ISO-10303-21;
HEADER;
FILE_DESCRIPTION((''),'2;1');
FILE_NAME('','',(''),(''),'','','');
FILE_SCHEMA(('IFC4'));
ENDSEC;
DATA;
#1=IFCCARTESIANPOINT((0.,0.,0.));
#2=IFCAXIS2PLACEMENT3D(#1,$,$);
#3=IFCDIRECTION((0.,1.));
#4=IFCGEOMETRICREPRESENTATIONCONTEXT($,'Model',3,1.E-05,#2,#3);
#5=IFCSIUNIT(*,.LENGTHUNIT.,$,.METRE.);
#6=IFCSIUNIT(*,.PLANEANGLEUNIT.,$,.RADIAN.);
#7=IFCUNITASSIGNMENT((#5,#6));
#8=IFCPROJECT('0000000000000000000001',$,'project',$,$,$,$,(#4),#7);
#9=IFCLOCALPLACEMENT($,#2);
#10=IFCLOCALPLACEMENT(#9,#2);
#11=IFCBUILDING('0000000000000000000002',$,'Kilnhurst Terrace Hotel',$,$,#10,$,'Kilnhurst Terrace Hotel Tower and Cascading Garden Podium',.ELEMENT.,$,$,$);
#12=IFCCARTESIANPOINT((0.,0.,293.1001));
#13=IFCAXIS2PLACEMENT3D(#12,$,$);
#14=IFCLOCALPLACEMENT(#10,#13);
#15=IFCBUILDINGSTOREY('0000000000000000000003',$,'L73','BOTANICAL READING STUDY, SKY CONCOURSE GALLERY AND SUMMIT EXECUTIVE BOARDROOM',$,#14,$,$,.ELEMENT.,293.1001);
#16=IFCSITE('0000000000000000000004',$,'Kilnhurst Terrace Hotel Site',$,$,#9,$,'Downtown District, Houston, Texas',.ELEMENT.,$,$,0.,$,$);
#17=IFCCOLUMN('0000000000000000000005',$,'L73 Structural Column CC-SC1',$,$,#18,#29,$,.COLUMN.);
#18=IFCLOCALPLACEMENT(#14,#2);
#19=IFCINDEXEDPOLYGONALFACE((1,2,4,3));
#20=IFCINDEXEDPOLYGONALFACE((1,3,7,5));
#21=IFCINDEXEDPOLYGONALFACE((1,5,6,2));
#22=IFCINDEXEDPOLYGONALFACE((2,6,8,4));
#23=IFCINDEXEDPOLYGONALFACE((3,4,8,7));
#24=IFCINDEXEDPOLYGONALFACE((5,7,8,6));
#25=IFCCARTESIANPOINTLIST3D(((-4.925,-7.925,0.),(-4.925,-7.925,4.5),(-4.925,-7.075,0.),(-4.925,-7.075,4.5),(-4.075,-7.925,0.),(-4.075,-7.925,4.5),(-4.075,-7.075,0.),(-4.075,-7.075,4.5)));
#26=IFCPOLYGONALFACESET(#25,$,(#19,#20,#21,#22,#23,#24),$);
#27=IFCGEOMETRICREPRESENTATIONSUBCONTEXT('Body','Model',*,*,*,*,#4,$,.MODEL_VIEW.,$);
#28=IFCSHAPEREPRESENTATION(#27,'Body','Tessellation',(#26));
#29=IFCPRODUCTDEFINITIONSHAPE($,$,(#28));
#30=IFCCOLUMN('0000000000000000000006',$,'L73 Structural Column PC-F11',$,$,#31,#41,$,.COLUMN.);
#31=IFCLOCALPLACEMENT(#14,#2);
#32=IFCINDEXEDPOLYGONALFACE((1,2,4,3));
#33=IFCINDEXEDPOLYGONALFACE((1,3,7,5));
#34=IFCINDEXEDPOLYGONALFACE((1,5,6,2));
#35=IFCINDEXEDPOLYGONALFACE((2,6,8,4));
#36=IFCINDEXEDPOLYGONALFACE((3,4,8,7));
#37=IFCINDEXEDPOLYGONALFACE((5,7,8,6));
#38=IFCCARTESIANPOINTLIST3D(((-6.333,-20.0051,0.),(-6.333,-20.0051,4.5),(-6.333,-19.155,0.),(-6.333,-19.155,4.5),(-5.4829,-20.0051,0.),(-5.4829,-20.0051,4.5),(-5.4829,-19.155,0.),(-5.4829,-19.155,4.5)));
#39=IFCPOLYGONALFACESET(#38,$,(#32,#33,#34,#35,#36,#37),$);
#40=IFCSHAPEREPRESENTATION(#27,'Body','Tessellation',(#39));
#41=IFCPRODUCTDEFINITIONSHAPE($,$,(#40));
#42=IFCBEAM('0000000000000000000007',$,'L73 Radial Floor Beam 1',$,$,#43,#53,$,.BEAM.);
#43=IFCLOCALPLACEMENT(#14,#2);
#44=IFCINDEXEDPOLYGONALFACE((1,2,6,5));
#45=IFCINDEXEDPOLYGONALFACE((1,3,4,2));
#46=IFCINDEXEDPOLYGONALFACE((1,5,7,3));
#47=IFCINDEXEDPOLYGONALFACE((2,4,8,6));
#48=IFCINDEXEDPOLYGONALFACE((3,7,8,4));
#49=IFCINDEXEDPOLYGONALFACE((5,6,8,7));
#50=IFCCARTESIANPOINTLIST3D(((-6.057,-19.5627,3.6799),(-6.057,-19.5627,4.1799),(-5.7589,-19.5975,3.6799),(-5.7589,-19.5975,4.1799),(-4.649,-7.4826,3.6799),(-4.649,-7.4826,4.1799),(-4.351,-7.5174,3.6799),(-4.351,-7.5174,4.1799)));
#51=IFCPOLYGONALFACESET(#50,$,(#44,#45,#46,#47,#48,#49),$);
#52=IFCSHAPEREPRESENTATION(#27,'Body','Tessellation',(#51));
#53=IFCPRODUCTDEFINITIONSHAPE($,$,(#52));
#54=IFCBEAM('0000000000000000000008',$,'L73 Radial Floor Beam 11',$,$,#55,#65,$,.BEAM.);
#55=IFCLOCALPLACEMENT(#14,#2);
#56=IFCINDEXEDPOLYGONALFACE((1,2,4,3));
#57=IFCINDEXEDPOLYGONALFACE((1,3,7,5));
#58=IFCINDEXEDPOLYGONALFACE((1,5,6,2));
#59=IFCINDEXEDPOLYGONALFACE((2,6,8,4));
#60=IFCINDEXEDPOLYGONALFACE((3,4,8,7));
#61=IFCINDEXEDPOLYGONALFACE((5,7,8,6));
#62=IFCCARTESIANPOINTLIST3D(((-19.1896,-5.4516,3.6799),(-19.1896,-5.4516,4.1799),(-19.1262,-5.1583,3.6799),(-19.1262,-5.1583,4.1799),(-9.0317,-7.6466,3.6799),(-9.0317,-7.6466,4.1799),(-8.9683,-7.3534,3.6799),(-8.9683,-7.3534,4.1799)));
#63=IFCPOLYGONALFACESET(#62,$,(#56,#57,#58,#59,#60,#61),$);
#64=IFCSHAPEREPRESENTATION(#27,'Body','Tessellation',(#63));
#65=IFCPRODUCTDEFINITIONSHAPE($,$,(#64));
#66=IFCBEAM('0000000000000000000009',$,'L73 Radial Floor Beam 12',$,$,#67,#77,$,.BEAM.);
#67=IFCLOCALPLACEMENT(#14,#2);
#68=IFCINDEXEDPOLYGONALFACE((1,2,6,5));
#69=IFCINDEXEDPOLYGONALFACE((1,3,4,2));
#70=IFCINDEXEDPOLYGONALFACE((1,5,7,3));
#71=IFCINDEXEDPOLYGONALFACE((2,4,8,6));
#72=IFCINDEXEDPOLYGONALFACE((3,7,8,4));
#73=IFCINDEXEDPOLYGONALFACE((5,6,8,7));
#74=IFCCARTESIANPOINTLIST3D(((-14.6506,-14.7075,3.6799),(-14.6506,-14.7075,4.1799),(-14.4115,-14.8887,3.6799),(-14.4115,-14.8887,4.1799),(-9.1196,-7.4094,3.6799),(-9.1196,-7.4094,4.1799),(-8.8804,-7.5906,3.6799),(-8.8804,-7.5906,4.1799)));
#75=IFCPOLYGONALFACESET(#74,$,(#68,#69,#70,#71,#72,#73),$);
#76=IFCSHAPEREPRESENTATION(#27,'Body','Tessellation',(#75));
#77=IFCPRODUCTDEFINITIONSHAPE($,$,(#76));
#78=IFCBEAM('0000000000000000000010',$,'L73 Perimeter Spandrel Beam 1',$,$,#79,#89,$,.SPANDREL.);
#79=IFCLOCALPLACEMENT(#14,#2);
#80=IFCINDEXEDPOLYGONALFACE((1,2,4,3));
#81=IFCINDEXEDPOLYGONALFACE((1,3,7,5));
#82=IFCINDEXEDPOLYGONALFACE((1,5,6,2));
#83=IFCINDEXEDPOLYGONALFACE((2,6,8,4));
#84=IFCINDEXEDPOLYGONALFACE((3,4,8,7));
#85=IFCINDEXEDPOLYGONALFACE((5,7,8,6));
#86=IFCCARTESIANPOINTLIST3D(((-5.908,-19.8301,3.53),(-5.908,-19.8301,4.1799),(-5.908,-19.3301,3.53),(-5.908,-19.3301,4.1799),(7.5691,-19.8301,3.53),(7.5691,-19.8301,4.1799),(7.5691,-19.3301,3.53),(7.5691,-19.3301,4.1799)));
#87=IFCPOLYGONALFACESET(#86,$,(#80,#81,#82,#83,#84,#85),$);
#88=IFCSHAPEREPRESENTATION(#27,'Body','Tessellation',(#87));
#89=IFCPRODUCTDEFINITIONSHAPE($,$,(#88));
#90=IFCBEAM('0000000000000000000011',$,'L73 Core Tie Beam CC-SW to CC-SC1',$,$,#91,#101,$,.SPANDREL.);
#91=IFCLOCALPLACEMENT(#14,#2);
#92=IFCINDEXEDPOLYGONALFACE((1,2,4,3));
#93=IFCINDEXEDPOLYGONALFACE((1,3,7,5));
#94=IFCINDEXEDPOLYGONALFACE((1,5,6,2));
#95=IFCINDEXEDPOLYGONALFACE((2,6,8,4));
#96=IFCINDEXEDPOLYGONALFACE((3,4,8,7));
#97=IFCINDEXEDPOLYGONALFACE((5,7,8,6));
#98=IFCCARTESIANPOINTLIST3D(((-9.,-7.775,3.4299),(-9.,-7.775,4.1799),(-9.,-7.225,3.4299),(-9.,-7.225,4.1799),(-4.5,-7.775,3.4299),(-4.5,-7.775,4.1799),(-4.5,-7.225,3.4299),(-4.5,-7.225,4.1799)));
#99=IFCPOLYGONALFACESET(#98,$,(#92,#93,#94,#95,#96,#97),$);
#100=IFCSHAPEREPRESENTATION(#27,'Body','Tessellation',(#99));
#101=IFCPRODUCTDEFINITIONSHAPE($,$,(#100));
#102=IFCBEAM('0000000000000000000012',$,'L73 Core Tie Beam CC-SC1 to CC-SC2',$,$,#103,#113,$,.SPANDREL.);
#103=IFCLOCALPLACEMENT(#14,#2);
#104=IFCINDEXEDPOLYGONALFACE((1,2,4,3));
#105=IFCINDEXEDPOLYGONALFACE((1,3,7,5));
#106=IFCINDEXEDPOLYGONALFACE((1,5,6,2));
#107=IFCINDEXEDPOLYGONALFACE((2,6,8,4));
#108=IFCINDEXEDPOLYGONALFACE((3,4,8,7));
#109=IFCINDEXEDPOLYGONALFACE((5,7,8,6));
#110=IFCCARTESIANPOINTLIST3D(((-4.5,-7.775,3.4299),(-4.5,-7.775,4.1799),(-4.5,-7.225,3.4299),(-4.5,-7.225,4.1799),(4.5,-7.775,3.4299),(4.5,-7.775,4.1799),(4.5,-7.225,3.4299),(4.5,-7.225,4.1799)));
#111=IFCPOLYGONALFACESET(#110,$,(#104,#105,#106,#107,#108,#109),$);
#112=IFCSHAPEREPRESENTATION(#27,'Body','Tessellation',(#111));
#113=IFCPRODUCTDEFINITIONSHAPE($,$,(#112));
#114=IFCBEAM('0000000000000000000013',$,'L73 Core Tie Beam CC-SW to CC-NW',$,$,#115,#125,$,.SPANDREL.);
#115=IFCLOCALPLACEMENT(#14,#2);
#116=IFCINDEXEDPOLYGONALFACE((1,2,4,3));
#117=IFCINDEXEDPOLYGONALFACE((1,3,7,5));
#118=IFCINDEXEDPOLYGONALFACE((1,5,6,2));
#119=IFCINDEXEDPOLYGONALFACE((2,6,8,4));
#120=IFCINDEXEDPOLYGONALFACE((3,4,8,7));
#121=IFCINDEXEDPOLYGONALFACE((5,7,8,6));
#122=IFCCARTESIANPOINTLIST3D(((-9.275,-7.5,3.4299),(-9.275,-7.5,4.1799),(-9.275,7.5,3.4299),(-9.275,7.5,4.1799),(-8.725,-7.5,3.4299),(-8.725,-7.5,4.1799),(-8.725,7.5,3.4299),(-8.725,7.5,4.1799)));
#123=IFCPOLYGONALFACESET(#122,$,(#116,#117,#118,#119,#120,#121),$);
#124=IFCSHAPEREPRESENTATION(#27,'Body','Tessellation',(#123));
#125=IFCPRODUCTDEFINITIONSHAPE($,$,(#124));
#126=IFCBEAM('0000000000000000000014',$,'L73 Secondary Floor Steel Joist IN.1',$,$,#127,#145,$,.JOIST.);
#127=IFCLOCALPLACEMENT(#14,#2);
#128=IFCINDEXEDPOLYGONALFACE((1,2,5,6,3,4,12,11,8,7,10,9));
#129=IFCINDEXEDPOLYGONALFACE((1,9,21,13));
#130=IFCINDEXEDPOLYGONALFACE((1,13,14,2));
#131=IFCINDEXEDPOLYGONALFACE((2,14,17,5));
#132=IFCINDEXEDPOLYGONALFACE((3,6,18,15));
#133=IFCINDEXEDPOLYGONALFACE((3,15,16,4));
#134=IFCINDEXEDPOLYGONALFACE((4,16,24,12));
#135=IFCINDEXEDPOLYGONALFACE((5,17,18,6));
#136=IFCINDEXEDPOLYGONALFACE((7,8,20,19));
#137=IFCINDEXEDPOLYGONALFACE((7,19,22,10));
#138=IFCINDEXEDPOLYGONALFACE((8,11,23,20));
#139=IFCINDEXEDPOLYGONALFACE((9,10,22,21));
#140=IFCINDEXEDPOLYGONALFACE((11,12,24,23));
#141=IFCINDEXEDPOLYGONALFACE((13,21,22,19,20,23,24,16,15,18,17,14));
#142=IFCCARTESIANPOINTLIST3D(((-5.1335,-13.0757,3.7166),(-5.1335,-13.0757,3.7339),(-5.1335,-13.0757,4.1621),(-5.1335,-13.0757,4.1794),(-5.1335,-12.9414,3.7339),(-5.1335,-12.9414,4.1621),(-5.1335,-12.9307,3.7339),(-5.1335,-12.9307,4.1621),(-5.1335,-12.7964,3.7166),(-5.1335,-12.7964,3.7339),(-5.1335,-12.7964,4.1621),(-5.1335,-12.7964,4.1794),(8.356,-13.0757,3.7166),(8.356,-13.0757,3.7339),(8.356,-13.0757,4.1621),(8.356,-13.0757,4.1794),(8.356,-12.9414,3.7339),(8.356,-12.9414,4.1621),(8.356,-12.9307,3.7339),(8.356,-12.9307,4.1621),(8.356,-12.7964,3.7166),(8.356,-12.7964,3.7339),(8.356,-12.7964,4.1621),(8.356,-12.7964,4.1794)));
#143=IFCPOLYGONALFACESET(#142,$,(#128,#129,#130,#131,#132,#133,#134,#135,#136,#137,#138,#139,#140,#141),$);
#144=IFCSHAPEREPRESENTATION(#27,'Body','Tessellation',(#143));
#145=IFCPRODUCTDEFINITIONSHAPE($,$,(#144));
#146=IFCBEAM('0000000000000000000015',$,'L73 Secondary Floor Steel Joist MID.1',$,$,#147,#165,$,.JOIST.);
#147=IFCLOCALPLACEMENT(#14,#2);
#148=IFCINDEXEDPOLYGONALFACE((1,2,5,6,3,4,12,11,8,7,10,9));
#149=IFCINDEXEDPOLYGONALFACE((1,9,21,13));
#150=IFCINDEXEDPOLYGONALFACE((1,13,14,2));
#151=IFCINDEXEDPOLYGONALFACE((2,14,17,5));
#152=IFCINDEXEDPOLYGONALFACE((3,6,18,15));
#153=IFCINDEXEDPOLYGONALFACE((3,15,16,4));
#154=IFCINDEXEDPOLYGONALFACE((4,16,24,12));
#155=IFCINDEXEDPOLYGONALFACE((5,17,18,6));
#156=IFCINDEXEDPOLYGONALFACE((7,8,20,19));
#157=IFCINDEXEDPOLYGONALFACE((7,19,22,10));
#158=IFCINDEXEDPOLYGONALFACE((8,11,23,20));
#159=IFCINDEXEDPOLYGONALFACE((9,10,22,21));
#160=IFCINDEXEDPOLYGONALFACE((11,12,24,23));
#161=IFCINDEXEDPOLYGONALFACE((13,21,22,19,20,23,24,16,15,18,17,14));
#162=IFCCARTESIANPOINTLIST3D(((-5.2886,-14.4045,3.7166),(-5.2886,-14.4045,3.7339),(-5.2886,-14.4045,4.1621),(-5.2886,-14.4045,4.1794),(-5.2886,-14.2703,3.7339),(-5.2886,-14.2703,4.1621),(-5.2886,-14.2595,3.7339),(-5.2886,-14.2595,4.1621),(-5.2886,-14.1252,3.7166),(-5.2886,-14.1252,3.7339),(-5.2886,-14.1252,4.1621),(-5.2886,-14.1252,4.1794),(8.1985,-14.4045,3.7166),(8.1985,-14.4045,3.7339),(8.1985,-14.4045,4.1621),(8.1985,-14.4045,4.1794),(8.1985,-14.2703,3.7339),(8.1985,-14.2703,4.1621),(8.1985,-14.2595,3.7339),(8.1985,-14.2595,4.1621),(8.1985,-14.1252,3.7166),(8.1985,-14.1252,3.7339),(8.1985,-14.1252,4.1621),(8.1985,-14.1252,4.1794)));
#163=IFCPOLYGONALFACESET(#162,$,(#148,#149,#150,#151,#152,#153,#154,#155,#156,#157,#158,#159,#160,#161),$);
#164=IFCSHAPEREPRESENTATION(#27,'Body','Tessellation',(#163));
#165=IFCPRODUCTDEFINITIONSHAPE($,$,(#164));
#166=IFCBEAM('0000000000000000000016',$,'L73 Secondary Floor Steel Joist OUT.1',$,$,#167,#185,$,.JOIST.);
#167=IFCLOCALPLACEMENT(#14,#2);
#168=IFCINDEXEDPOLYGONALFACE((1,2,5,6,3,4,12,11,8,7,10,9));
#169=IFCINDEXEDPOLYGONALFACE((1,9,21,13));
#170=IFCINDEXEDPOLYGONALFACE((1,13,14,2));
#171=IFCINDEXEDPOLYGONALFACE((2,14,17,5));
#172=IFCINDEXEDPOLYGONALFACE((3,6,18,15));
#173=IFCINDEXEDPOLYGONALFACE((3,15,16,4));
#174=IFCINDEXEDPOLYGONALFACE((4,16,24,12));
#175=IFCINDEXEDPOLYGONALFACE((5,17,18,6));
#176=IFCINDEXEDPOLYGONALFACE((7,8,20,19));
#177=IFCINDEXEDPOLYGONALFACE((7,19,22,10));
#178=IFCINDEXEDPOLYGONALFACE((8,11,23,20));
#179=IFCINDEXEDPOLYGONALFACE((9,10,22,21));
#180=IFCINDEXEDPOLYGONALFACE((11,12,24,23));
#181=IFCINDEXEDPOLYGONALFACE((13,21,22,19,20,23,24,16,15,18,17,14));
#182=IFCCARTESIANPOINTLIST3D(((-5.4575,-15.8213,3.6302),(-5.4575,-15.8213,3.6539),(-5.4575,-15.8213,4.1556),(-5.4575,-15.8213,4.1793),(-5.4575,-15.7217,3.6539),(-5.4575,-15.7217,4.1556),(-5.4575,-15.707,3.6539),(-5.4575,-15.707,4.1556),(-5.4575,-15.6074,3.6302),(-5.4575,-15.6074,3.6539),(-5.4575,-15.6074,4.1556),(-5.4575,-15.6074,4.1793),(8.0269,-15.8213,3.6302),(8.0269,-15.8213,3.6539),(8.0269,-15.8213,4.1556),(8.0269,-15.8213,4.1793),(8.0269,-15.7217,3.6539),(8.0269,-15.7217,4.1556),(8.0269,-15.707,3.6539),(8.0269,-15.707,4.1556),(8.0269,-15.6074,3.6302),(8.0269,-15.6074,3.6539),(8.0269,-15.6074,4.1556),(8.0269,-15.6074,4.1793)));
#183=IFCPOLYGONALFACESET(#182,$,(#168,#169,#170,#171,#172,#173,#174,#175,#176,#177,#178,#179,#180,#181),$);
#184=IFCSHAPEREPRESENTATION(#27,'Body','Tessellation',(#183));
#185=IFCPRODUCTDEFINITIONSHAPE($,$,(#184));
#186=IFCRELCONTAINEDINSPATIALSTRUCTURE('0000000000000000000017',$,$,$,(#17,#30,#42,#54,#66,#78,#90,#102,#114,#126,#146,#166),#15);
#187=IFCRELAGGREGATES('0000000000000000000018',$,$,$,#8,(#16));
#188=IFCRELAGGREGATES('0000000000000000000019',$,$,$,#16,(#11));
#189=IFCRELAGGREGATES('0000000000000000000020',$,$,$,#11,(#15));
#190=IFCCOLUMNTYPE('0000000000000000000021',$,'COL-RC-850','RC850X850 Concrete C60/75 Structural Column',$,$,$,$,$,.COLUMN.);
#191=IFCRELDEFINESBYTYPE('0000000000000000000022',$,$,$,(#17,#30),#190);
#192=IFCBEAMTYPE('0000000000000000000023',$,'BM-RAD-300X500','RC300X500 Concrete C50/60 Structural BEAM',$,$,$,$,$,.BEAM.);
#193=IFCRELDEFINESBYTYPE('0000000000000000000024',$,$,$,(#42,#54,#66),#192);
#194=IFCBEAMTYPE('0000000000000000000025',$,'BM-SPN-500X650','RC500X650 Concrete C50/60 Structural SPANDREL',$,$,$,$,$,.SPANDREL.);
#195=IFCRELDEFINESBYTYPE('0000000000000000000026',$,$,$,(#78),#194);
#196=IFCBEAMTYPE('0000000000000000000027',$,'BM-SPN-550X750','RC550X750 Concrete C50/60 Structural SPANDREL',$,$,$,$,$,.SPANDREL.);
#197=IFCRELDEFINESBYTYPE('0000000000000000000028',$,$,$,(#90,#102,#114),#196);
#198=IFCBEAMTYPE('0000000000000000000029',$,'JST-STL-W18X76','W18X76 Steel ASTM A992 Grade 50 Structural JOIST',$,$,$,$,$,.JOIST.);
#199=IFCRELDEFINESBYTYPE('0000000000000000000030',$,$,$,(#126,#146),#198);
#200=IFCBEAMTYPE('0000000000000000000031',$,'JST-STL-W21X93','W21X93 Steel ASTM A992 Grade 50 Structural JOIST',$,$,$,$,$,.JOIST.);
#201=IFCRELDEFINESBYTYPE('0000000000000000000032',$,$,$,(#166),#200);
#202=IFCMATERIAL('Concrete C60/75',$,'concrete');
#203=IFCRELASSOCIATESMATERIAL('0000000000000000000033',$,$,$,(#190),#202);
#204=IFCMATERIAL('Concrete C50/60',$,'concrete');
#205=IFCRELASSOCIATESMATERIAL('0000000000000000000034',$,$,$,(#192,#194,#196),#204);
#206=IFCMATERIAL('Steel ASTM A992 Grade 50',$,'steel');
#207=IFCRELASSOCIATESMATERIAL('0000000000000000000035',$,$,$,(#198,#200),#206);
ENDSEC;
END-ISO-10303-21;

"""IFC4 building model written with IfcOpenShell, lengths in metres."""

from ifc_helpers import new_model, si_unit, direction, frame, origin, origin_2d, place, context, subcontext, project, spatial, rectangle, i_section, extrude, material, material_profile, profile_set, type_object, element, save


model = new_model("IFC4")

# Units and contexts
model_context = context("Model", 3, precision=1e-05, world=origin(), true_north=direction((0.0, 1.0)))
body_context = subcontext(model_context, "Body", "Model", "MODEL_VIEW")
ifc_project = project(units=[si_unit("LENGTHUNIT", "METRE"), si_unit("PLANEANGLEUNIT", "RADIAN")], contexts=[model_context])

# Site, building, storey
site_placement = place(None, origin())
site = spatial("IfcSite", under=ifc_project, at=site_placement, Name="Kilnhurst Terrace Hotel Site", LongName="Downtown District, Houston, Texas", CompositionType="ELEMENT", RefElevation=0.0)
building_placement = place(site_placement, origin())
building = spatial("IfcBuilding", under=site, at=building_placement, Name="Kilnhurst Terrace Hotel", LongName="Kilnhurst Terrace Hotel Tower and Cascading Garden Podium", CompositionType="ELEMENT")
storey_placement = place(building_placement, frame((0.0, 0.0, 293.1001)))
storey = spatial("IfcBuildingStorey", under=building, at=storey_placement, Name="L73", Description="BOTANICAL READING STUDY, SKY CONCOURSE GALLERY AND SUMMIT EXECUTIVE BOARDROOM", CompositionType="ELEMENT", Elevation=293.1001)

# Columns
ifc_material_1 = material(Name="Concrete C60/75", Category="concrete")
ifc_material_profile_1 = material_profile(ifc_material_1, rectangle(XDim=0.8501, YDim=0.8501, at=origin_2d()), Name="RC850X850")
ifc_profile_set_1 = profile_set([ifc_material_profile_1], Name="Concrete C60/75")
column_type = type_object("IfcColumnType", Name="COL-RC-850", Description="RC850X850 Concrete C60/75 Structural Column", PredefinedType="COLUMN", material=ifc_profile_set_1)
for number, where, z_axis, x_axis, name in (
    (1, (-4.5, -7.5, 0.0), (0.0, 0.0, 1.0), (1.0, 0.0, 0.0), "L73 Structural Column CC-SC1"),
    (2, (-5.908, -19.5801, 0.0), (0.0, 0.0, 1.0), (1.0, 0.0, 0.0), "L73 Structural Column PC-F11"),
):
    element("IfcColumn", number, at=place(storey_placement, frame(where, z_axis=z_axis, x_axis=x_axis)), inside=storey, type_object=column_type, Name=name, PredefinedType="COLUMN", context=body_context, shape_type="SweptSolid", body=[
        extrude(rectangle(XDim=0.8501, YDim=0.8501, at=origin_2d()), origin(), (0.0, 0.0, 1.0), 4.5),
    ])

# Beams
ifc_material_2 = material(Name="Concrete C50/60", Category="concrete")
ifc_material_profile_2 = material_profile(ifc_material_2, rectangle(XDim=0.3, YDim=0.5, at=origin_2d()), Name="RC300X500")
ifc_profile_set_2 = profile_set([ifc_material_profile_2], Name="Concrete C50/60")
beam_type_1 = type_object("IfcBeamType", Name="BM-RAD-300X500", Description="RC300X500 Concrete C50/60 Structural BEAM", PredefinedType="BEAM", material=ifc_profile_set_2)
beam_1_placement = place(storey_placement, frame((-4.5, -7.5, 3.9299), z_axis=(-0.115768, -0.993276, 0.0), x_axis=(0.993276, -0.115768, 0.0)))
element("IfcBeam", 3, at=beam_1_placement, inside=storey, type_object=beam_type_1, Name="L73 Radial Floor Beam 1", PredefinedType="BEAM", context=body_context, shape_type="SweptSolid", body=[
    extrude(rectangle(XDim=0.3, YDim=0.5, at=origin_2d()), origin(), (0.0, 0.0, 1.0), 12.1619),
])
beam_2_placement = place(storey_placement, frame((-9.0, -7.5, 3.9299), z_axis=(-0.977439, 0.211218, 0.0), x_axis=(-0.211218, -0.977439, 0.0)))
element("IfcBeam", 4, at=beam_2_placement, inside=storey, type_object=beam_type_1, Name="L73 Radial Floor Beam 11", PredefinedType="BEAM", context=body_context, shape_type="SweptSolid", body=[
    extrude(rectangle(XDim=0.3, YDim=0.5, at=origin_2d()), origin(), (0.0, 0.0, 1.0), 10.3923),
])
beam_3_placement = place(storey_placement, frame((-9.0, -7.5, 3.9299), z_axis=(-0.604007, -0.796979, 0.0), x_axis=(0.796979, -0.604007, 0.0)))
element("IfcBeam", 5, at=beam_3_placement, inside=storey, type_object=beam_type_1, Name="L73 Radial Floor Beam 12", PredefinedType="BEAM", context=body_context, shape_type="SweptSolid", body=[
    extrude(rectangle(XDim=0.3, YDim=0.5, at=origin_2d()), origin(), (0.0, 0.0, 1.0), 9.1572),
])
ifc_material_profile_3 = material_profile(ifc_material_2, rectangle(XDim=0.5, YDim=0.6499, at=origin_2d()), Name="RC500X650")
ifc_profile_set_3 = profile_set([ifc_material_profile_3], Name="Concrete C50/60")
beam_type_2 = type_object("IfcBeamType", Name="BM-SPN-500X650", Description="RC500X650 Concrete C50/60 Structural SPANDREL", PredefinedType="SPANDREL", material=ifc_profile_set_3)
beam_4_placement = place(storey_placement, frame((-5.908, -19.5801, 3.855), z_axis=(1.0, 0.0, 0.0), x_axis=(0.0, 1.0, 0.0)))
element("IfcBeam", 6, at=beam_4_placement, inside=storey, type_object=beam_type_2, Name="L73 Perimeter Spandrel Beam 1", PredefinedType="SPANDREL", context=body_context, shape_type="SweptSolid", body=[
    extrude(rectangle(XDim=0.5, YDim=0.6499, at=origin_2d()), origin(), (0.0, 0.0, 1.0), 13.4771),
])
ifc_material_profile_4 = material_profile(ifc_material_2, rectangle(XDim=0.55, YDim=0.75, at=origin_2d()), Name="RC550X750")
ifc_profile_set_4 = profile_set([ifc_material_profile_4], Name="Concrete C50/60")
beam_type_3 = type_object("IfcBeamType", Name="BM-SPN-550X750", Description="RC550X750 Concrete C50/60 Structural SPANDREL", PredefinedType="SPANDREL", material=ifc_profile_set_4)
beam_5_placement = place(storey_placement, frame((-9.0, -7.5, 3.8049), z_axis=(1.0, 0.0, 0.0), x_axis=(0.0, 1.0, 0.0)))
element("IfcBeam", 7, at=beam_5_placement, inside=storey, type_object=beam_type_3, Name="L73 Core Tie Beam CC-SW to CC-SC1", PredefinedType="SPANDREL", context=body_context, shape_type="SweptSolid", body=[
    extrude(rectangle(XDim=0.55, YDim=0.75, at=origin_2d()), origin(), (0.0, 0.0, 1.0), 4.5),
])
beam_6_placement = place(storey_placement, frame((-4.5, -7.5, 3.8049), z_axis=(1.0, 0.0, 0.0), x_axis=(0.0, 1.0, 0.0)))
element("IfcBeam", 8, at=beam_6_placement, inside=storey, type_object=beam_type_3, Name="L73 Core Tie Beam CC-SC1 to CC-SC2", PredefinedType="SPANDREL", context=body_context, shape_type="SweptSolid", body=[
    extrude(rectangle(XDim=0.55, YDim=0.75, at=origin_2d()), origin(), (0.0, 0.0, 1.0), 9.0),
])
beam_7_placement = place(storey_placement, frame((-9.0, -7.5, 3.8049), z_axis=(0.0, 1.0, 0.0), x_axis=(-1.0, 0.0, 0.0)))
element("IfcBeam", 9, at=beam_7_placement, inside=storey, type_object=beam_type_3, Name="L73 Core Tie Beam CC-SW to CC-NW", PredefinedType="SPANDREL", context=body_context, shape_type="SweptSolid", body=[
    extrude(rectangle(XDim=0.55, YDim=0.75, at=origin_2d()), origin(), (0.0, 0.0, 1.0), 15.0),
])
ifc_material_3 = material(Name="Steel ASTM A992 Grade 50", Category="steel")
ifc_material_profile_5 = material_profile(ifc_material_3, i_section(OverallWidth=0.2793, OverallDepth=0.4629, WebThickness=0.0107, FlangeThickness=0.0173, at=origin_2d()), Name="W18X76")
ifc_profile_set_5 = profile_set([ifc_material_profile_5], Name="Steel ASTM A992 Grade 50")
beam_type_4 = type_object("IfcBeamType", Name="JST-STL-W18X76", Description="W18X76 Steel ASTM A992 Grade 50 Structural JOIST", PredefinedType="JOIST", material=ifc_profile_set_5)
beam_8_placement = place(storey_placement, frame((-5.1335, -12.936, 3.948), z_axis=(1.0, 0.0, 0.0), x_axis=(0.0, 1.0, 0.0)))
element("IfcBeam", 10, at=beam_8_placement, inside=storey, type_object=beam_type_4, Name="L73 Secondary Floor Steel Joist IN.1", PredefinedType="JOIST", context=body_context, shape_type="SweptSolid", body=[
    extrude(i_section(OverallWidth=0.2793, OverallDepth=0.4629, WebThickness=0.0107, FlangeThickness=0.0173, at=origin_2d()), origin(), (0.0, 0.0, 1.0), 13.4895),
])
beam_9_placement = place(storey_placement, frame((-5.2886, -14.2649, 3.948), z_axis=(1.0, 0.0, 0.0), x_axis=(0.0, 1.0, 0.0)))
element("IfcBeam", 11, at=beam_9_placement, inside=storey, type_object=beam_type_4, Name="L73 Secondary Floor Steel Joist MID.1", PredefinedType="JOIST", context=body_context, shape_type="SweptSolid", body=[
    extrude(i_section(OverallWidth=0.2793, OverallDepth=0.4629, WebThickness=0.0107, FlangeThickness=0.0173, at=origin_2d()), origin(), (0.0, 0.0, 1.0), 13.4871),
])
ifc_material_profile_6 = material_profile(ifc_material_3, i_section(OverallWidth=0.2139, OverallDepth=0.5491, WebThickness=0.0146, FlangeThickness=0.0237, at=origin_2d()), Name="W21X93")
ifc_profile_set_6 = profile_set([ifc_material_profile_6], Name="Steel ASTM A992 Grade 50")
beam_type_5 = type_object("IfcBeamType", Name="JST-STL-W21X93", Description="W21X93 Steel ASTM A992 Grade 50 Structural JOIST", PredefinedType="JOIST", material=ifc_profile_set_6)
beam_10_placement = place(storey_placement, frame((-5.4575, -15.7144, 3.9048), z_axis=(1.0, 0.0, 0.0), x_axis=(0.0, 1.0, 0.0)))
element("IfcBeam", 12, at=beam_10_placement, inside=storey, type_object=beam_type_5, Name="L73 Secondary Floor Steel Joist OUT.1", PredefinedType="JOIST", context=body_context, shape_type="SweptSolid", body=[
    extrude(i_section(OverallWidth=0.2139, OverallDepth=0.5491, WebThickness=0.0146, FlangeThickness=0.0237, at=origin_2d()), origin(), (0.0, 0.0, 1.0), 13.4844),
])

save(model, "model.ifc")
